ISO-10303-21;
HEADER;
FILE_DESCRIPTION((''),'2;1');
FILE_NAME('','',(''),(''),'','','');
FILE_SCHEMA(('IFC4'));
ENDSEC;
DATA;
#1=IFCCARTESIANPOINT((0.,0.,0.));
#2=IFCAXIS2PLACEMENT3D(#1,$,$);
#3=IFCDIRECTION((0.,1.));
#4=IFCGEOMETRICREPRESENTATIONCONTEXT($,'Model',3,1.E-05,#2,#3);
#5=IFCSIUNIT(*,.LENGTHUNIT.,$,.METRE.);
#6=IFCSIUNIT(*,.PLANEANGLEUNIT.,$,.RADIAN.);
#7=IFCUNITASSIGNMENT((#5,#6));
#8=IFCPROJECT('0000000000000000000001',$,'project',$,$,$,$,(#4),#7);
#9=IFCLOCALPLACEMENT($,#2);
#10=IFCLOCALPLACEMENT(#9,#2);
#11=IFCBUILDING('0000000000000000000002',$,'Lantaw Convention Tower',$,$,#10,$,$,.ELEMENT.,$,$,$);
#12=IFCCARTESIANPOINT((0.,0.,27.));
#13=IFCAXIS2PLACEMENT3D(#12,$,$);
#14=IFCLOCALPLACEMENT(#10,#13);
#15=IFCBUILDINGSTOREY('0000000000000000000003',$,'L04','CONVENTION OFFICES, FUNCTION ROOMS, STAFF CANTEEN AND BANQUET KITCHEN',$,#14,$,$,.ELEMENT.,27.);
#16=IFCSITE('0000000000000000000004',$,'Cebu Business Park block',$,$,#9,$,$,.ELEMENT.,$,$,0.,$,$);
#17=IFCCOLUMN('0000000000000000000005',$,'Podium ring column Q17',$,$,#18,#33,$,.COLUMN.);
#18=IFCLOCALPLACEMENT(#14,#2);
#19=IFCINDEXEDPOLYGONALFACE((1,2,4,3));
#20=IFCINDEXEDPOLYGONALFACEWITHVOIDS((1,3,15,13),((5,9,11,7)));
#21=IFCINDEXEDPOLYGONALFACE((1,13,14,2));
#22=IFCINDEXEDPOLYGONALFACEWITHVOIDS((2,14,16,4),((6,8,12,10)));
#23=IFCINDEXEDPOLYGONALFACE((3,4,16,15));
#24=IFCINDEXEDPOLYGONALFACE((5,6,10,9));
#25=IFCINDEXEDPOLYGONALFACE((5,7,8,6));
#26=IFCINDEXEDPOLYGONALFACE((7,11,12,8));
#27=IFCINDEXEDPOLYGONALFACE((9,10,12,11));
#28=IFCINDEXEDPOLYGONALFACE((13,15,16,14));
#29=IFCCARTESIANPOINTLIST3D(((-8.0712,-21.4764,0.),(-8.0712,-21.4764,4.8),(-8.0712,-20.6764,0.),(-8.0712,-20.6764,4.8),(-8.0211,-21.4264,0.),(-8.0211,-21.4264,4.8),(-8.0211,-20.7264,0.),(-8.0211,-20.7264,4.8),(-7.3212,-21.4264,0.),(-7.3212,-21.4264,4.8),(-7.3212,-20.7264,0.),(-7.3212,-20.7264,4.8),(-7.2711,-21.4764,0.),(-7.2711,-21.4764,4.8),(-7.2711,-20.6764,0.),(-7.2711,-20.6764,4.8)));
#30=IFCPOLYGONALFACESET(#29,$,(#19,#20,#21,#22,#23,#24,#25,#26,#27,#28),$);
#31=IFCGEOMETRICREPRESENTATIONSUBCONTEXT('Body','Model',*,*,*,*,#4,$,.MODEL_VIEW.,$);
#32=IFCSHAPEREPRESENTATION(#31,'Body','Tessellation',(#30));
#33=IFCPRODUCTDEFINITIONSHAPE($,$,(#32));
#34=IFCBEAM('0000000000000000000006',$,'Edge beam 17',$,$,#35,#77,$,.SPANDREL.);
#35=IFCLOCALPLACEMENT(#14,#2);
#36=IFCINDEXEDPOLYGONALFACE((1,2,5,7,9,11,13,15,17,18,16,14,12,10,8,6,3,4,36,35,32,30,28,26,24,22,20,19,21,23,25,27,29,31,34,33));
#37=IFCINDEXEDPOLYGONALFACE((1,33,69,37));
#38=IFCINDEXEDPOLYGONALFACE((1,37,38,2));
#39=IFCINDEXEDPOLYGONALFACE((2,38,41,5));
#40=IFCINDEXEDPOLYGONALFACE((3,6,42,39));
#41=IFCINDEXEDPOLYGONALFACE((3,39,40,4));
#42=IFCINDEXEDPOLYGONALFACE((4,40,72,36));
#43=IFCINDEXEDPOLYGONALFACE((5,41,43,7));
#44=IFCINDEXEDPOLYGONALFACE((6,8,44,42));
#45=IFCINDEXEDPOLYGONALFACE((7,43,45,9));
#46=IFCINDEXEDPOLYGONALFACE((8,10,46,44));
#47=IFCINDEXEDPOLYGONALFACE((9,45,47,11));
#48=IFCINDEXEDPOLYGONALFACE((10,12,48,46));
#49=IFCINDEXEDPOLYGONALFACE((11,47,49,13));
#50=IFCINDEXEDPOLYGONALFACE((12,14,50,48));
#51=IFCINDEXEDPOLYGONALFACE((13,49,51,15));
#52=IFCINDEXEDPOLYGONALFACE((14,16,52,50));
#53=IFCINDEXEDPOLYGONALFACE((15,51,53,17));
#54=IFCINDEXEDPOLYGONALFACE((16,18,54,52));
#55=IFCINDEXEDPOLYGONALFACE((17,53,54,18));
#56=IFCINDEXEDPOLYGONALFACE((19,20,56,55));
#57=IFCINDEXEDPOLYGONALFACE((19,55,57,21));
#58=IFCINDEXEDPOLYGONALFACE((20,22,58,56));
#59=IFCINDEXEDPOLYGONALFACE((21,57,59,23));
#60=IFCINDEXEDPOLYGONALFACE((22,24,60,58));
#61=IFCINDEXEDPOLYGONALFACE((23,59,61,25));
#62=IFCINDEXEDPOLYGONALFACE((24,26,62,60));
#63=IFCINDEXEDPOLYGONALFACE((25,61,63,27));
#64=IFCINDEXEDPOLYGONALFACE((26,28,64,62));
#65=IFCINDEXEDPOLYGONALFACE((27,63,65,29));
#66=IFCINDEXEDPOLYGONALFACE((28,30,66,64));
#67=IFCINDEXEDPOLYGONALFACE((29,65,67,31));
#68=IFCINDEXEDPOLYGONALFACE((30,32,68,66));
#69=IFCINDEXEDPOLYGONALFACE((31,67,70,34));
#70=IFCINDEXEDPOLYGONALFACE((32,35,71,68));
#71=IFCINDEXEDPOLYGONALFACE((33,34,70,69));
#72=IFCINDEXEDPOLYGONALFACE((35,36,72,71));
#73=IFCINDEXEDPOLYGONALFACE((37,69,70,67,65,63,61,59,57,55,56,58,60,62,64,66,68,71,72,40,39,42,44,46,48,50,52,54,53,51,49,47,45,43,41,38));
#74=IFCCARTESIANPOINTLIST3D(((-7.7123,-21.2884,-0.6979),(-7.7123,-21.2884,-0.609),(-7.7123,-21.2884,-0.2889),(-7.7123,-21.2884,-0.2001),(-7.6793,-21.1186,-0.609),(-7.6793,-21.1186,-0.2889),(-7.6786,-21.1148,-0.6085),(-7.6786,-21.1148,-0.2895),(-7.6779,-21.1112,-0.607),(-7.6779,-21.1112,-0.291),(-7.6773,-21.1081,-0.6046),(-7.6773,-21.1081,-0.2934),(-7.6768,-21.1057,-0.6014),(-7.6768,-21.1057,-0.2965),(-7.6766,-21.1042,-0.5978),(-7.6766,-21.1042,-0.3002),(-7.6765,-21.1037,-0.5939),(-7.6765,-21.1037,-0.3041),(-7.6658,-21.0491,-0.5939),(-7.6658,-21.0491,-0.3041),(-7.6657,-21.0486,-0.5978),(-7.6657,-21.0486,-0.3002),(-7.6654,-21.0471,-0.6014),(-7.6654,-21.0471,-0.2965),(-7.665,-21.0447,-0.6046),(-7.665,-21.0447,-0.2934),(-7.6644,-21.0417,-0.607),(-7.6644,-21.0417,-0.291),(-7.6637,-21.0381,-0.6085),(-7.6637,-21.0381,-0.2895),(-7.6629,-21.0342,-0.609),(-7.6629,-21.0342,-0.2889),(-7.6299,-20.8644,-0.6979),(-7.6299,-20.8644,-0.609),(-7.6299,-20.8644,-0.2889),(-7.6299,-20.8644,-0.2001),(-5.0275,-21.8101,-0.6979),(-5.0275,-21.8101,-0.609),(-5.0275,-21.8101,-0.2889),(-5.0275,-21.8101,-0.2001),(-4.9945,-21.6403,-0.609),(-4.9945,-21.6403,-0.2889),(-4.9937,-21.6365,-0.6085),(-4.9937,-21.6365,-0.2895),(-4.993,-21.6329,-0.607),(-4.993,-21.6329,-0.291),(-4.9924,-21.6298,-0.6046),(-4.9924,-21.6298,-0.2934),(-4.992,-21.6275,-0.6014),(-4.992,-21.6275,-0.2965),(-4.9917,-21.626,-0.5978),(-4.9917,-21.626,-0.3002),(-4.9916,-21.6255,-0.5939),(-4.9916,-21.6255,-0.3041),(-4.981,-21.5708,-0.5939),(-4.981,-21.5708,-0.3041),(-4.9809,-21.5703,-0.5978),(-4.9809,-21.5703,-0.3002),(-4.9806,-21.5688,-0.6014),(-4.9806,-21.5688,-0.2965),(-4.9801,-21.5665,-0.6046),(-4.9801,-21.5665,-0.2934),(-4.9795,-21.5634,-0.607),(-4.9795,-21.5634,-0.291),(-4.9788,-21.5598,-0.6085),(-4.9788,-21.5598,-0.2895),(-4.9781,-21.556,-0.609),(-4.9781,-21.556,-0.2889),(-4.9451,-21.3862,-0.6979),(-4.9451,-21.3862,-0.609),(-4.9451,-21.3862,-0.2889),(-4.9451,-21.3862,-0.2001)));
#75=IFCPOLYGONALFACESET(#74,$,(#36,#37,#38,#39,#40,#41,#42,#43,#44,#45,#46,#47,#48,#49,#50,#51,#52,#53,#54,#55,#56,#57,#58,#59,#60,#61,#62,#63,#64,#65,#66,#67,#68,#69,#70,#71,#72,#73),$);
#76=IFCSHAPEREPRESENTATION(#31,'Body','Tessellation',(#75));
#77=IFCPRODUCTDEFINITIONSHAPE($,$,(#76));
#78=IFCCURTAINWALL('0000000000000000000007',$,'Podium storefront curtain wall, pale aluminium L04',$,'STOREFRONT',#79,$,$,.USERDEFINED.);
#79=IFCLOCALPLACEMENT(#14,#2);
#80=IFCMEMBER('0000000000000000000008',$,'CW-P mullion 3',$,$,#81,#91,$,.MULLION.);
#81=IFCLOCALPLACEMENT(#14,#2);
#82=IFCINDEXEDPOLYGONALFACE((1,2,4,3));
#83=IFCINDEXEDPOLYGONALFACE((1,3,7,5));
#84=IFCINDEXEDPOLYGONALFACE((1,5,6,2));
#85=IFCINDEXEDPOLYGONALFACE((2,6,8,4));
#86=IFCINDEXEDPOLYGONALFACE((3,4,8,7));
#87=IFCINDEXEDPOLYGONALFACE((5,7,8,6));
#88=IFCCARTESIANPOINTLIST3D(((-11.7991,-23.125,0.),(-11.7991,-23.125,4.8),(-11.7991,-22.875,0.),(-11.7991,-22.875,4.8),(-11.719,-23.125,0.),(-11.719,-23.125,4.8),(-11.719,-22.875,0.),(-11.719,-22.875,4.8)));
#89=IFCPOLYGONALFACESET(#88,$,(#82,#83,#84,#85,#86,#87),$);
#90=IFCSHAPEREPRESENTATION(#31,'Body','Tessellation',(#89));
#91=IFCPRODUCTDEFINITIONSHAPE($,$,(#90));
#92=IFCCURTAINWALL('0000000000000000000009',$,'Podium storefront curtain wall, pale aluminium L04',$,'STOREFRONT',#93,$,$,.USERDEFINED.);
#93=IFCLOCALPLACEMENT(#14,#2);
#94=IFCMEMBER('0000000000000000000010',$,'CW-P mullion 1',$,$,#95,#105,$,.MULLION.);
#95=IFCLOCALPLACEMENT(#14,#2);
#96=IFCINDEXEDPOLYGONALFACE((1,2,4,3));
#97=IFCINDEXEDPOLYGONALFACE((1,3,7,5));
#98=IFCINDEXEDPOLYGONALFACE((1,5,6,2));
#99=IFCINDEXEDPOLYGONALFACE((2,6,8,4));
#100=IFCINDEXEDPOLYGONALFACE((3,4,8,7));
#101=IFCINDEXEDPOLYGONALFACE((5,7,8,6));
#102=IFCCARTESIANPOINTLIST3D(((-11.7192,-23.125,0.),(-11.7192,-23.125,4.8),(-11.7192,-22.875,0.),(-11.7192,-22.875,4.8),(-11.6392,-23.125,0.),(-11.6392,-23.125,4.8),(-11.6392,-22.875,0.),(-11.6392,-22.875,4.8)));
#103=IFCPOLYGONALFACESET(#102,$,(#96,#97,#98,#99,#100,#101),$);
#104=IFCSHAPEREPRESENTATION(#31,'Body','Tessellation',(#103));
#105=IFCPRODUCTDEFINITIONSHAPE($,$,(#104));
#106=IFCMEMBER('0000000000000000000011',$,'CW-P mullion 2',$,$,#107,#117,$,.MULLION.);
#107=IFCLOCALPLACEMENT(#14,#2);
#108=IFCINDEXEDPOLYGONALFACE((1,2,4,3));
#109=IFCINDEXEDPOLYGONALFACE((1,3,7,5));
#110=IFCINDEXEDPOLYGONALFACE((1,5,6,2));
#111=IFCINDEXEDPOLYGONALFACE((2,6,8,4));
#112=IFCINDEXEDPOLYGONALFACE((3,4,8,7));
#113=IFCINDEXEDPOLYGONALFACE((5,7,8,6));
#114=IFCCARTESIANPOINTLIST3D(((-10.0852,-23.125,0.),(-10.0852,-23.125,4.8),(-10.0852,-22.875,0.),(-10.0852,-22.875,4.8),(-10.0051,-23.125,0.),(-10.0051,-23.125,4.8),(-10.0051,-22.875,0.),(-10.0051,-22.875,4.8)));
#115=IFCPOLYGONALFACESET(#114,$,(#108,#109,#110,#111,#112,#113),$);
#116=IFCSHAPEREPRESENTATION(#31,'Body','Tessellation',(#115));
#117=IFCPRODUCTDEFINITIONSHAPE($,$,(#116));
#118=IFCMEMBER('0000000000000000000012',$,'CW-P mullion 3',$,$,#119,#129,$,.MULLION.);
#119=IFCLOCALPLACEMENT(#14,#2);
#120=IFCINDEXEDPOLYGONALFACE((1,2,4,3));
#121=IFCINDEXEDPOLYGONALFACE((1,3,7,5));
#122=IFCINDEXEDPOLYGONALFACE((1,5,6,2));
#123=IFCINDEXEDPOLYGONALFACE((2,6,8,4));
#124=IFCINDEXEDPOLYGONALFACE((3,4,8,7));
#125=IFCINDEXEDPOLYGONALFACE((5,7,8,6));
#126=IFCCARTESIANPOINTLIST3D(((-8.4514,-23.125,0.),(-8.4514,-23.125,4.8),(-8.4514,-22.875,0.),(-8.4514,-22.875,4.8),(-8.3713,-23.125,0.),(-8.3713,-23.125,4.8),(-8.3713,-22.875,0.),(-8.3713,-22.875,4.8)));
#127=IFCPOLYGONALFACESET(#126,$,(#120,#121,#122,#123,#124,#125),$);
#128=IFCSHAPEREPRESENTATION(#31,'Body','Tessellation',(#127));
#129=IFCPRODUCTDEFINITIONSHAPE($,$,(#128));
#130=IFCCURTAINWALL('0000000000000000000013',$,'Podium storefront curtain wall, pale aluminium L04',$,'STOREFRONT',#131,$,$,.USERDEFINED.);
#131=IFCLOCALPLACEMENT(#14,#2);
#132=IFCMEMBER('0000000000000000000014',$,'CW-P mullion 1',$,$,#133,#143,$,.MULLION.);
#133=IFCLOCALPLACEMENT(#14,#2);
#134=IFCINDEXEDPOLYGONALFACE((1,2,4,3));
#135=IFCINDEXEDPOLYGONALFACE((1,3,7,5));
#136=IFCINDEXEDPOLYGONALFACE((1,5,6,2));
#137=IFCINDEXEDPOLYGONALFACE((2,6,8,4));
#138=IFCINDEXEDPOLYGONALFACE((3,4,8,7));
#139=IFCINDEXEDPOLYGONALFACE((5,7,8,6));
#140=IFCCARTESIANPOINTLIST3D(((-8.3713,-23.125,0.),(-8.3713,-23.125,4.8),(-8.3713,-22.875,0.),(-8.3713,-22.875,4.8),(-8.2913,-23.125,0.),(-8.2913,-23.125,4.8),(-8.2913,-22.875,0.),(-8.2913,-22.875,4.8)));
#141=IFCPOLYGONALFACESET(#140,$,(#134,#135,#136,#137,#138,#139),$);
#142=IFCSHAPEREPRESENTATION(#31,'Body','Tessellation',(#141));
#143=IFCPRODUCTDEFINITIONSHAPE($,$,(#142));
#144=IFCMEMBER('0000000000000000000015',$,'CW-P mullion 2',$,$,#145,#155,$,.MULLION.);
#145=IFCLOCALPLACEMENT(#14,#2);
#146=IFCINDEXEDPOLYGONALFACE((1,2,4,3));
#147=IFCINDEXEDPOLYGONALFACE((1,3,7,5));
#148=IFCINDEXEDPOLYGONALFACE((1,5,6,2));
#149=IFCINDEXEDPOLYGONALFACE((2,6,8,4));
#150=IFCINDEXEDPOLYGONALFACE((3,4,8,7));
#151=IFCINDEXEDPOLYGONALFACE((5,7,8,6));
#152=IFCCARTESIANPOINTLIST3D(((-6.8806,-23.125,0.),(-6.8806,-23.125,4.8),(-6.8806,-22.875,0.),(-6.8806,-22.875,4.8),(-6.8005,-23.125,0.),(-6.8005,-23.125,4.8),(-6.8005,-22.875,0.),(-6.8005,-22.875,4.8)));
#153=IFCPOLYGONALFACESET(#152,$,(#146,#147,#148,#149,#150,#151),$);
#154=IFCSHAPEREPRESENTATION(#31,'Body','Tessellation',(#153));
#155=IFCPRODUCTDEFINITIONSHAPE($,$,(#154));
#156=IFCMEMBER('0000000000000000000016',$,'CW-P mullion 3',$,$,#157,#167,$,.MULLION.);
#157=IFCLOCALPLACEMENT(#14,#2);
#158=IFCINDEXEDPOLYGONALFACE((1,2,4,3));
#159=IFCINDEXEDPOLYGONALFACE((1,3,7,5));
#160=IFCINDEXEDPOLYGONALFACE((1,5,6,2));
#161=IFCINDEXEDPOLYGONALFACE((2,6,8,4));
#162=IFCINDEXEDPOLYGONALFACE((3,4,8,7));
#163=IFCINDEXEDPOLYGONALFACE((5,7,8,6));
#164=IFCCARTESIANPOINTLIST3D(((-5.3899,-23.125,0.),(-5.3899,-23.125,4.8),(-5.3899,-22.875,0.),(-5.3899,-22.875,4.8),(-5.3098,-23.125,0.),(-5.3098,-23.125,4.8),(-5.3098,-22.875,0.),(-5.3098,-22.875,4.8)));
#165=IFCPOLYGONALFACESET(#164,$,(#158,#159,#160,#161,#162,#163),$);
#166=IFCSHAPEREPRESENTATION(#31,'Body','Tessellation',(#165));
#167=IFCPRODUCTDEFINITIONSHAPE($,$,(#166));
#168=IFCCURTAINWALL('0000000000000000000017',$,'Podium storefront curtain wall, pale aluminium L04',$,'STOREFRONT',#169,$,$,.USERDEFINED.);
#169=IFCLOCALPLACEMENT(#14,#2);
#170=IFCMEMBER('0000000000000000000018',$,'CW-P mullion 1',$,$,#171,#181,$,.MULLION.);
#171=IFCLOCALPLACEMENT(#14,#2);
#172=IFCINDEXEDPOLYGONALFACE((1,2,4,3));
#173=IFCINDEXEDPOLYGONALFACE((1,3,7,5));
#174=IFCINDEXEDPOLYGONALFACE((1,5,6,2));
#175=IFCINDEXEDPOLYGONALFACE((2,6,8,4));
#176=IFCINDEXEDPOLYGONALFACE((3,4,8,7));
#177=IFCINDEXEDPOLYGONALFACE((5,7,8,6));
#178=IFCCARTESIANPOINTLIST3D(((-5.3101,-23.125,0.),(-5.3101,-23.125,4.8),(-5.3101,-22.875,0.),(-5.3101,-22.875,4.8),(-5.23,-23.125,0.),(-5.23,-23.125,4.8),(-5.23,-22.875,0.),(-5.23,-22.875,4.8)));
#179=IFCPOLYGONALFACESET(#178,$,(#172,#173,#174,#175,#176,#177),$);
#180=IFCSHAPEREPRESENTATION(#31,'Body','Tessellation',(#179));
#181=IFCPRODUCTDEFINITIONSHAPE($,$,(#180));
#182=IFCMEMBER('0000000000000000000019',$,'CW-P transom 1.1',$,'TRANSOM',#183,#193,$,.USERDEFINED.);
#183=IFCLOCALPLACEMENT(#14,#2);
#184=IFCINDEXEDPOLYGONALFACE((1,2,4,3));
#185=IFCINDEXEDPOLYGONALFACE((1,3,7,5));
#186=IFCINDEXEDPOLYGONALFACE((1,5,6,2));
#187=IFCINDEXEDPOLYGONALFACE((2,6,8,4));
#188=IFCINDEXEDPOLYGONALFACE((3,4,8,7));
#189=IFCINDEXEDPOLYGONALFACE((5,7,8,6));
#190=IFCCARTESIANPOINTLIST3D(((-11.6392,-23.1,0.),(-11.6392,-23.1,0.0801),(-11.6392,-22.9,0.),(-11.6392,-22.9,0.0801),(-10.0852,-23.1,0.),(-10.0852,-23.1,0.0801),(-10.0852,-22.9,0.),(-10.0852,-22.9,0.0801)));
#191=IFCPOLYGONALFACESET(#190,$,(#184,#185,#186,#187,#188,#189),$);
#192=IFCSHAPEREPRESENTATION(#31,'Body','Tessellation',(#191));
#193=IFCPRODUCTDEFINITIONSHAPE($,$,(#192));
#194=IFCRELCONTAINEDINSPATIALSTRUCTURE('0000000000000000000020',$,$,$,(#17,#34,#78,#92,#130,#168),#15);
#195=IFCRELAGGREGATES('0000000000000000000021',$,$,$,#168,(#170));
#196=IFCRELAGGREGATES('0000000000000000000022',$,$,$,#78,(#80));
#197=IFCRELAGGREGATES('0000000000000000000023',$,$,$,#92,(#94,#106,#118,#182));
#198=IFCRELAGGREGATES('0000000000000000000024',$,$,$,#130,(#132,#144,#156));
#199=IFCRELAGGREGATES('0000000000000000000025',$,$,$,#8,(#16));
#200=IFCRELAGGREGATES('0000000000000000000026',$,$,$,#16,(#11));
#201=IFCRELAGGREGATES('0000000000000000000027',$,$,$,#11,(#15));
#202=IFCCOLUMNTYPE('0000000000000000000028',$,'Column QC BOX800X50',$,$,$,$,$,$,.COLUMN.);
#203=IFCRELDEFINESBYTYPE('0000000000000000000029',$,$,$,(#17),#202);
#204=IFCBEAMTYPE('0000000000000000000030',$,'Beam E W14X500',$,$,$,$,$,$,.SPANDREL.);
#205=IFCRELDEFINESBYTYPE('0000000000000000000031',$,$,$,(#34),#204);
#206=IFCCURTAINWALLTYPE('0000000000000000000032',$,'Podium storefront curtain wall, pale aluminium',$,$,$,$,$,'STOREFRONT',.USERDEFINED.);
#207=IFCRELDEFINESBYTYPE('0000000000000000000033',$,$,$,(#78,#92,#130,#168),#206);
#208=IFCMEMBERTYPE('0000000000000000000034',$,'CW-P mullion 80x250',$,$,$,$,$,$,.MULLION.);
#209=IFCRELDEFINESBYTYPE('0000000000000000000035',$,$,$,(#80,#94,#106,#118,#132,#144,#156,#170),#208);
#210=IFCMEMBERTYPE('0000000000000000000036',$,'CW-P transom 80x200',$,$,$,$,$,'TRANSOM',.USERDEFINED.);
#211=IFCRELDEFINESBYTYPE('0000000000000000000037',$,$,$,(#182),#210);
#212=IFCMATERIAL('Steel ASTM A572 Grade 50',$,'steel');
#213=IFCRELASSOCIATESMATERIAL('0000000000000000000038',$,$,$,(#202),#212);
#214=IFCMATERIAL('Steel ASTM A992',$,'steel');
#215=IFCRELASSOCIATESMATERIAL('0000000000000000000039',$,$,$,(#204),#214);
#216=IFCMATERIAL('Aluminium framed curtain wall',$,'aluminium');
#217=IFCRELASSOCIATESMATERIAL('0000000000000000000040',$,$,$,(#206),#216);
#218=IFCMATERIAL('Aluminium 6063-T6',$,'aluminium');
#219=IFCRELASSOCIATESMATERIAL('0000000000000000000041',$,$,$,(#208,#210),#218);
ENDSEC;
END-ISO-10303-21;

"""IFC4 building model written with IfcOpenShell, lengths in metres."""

from ifc_helpers import new_model, si_unit, direction, frame, origin, origin_2d, place, context, subcontext, project, spatial, rectangle, hollow_rectangle, i_section, extrude, material, material_profile, profile_set, type_object, element, aggregate, save


model = new_model("IFC4")

# Units and contexts
model_context = context("Model", 3, precision=1e-05, world=origin(), true_north=direction((0.0, 1.0)))
body_context = subcontext(model_context, "Body", "Model", "MODEL_VIEW")
ifc_project = project(units=[si_unit("LENGTHUNIT", "METRE"), si_unit("PLANEANGLEUNIT", "RADIAN")], contexts=[model_context])

# Site, building, storey
site_placement = place(None, origin())
site = spatial("IfcSite", under=ifc_project, at=site_placement, Name="Cebu Business Park block", CompositionType="ELEMENT", RefElevation=0.0)
building_placement = place(site_placement, origin())
building = spatial("IfcBuilding", under=site, at=building_placement, Name="Lantaw Convention Tower", CompositionType="ELEMENT")
storey_placement = place(building_placement, frame((0.0, 0.0, 27.0)))
storey = spatial("IfcBuildingStorey", under=building, at=storey_placement, Name="L04", Description="CONVENTION OFFICES, FUNCTION ROOMS, STAFF CANTEEN AND BANQUET KITCHEN", CompositionType="ELEMENT", Elevation=27.0)

# Column
ifc_material_1 = material(Name="Steel ASTM A572 Grade 50", Category="steel")
ifc_material_profile_1 = material_profile(ifc_material_1, hollow_rectangle(XDim=0.8, YDim=0.8, WallThickness=0.05, at=origin_2d()), Name="BOX800X50")
ifc_profile_set_1 = profile_set([ifc_material_profile_1], Name="Steel ASTM A572 Grade 50")
column_type = type_object("IfcColumnType", Name="Column QC BOX800X50", PredefinedType="COLUMN", material=ifc_profile_set_1)
column_placement = place(storey_placement, frame((-7.6711, -21.0764, 0.0), z_axis=(0.0, 0.0, 1.0), x_axis=(1.0, 0.0, 0.0)))
element("IfcColumn", 1, at=column_placement, inside=storey, type_object=column_type, Name="Podium ring column Q17", PredefinedType="COLUMN", context=body_context, shape_type="SweptSolid", body=[
    extrude(hollow_rectangle(XDim=0.8, YDim=0.8, WallThickness=0.05, at=origin_2d()), origin(), (0.0, 0.0, 1.0), 4.8),
])

# Beam
ifc_material_2 = material(Name="Steel ASTM A992", Category="steel")
ifc_material_profile_2 = material_profile(ifc_material_2, i_section(OverallWidth=0.4319, OverallDepth=0.4978, WebThickness=0.0557, FlangeThickness=0.0889, FilletRadius=0.0151, at=origin_2d()), Name="W14X500")
ifc_profile_set_2 = profile_set([ifc_material_profile_2], Name="Steel ASTM A992")
beam_type = type_object("IfcBeamType", Name="Beam E W14X500", PredefinedType="SPANDREL", material=ifc_profile_set_2)
beam_placement = place(storey_placement, frame((-7.6711, -21.0764, -0.449), z_axis=(0.981637, -0.190757, 0.0), x_axis=(0.190757, 0.981637, 0.0)))
element("IfcBeam", 2, at=beam_placement, inside=storey, type_object=beam_type, Name="Edge beam 17", PredefinedType="SPANDREL", context=body_context, shape_type="SweptSolid", body=[
    extrude(i_section(OverallWidth=0.4319, OverallDepth=0.4978, WebThickness=0.0557, FlangeThickness=0.0889, FilletRadius=0.0151, at=origin_2d()), origin(), (0.0, 0.0, 1.0), 2.7351),
])

# Curtain wall, member
ifc_material_3 = material(Name="Aluminium framed curtain wall", Category="aluminium")
curtain_wall_type = type_object("IfcCurtainWallType", Name="Podium storefront curtain wall, pale aluminium", ElementType="STOREFRONT", PredefinedType="USERDEFINED", material=ifc_material_3)
curtain_wall_1_placement = place(storey_placement, origin())
curtain_wall_1 = element("IfcCurtainWall", 3, at=curtain_wall_1_placement, inside=storey, type_object=curtain_wall_type, Name="Podium storefront curtain wall, pale aluminium L04", ObjectType="STOREFRONT", PredefinedType="USERDEFINED")
ifc_material_4 = material(Name="Aluminium 6063-T6", Category="aluminium")
ifc_material_profile_3 = material_profile(ifc_material_4, rectangle(XDim=0.25, YDim=0.0801, at=origin_2d()), Name="CW-P mullion 80x250")
ifc_profile_set_3 = profile_set([ifc_material_profile_3], Name="Aluminium 6063-T6")
member_type_1 = type_object("IfcMemberType", Name="CW-P mullion 80x250", PredefinedType="MULLION", material=ifc_profile_set_3)
member_1_placement = place(storey_placement, frame((-11.759, -23.0, 0.0), z_axis=(0.0, 0.0, 1.0), x_axis=(0.0, 1.0, 0.0)))
member_1 = element("IfcMember", 4, at=member_1_placement, type_object=member_type_1, Name="CW-P mullion 3", PredefinedType="MULLION", context=body_context, shape_type="SweptSolid", body=[
    extrude(rectangle(XDim=0.25, YDim=0.0801, at=origin_2d()), origin(), (0.0, 0.0, 1.0), 4.8),
])

# Curtain walls, members
curtain_wall_2_placement = place(storey_placement, origin())
curtain_wall_2 = element("IfcCurtainWall", 5, at=curtain_wall_2_placement, inside=storey, type_object=curtain_wall_type, Name="Podium storefront curtain wall, pale aluminium L04", ObjectType="STOREFRONT", PredefinedType="USERDEFINED")
member_2_placement = place(storey_placement, frame((-11.6792, -23.0, 0.0), z_axis=(0.0, 0.0, 1.0), x_axis=(0.0, 1.0, 0.0)))
member_2 = element("IfcMember", 6, at=member_2_placement, type_object=member_type_1, Name="CW-P mullion 1", PredefinedType="MULLION", context=body_context, shape_type="SweptSolid", body=[
    extrude(rectangle(XDim=0.25, YDim=0.0801, at=origin_2d()), origin(), (0.0, 0.0, 1.0), 4.8),
])
member_3_placement = place(storey_placement, frame((-10.0452, -23.0, 0.0), z_axis=(0.0, 0.0, 1.0), x_axis=(0.0, 1.0, 0.0)))
member_3 = element("IfcMember", 7, at=member_3_placement, type_object=member_type_1, Name="CW-P mullion 2", PredefinedType="MULLION", context=body_context, shape_type="SweptSolid", body=[
    extrude(rectangle(XDim=0.25, YDim=0.0801, at=origin_2d()), origin(), (0.0, 0.0, 1.0), 4.8),
])
member_4_placement = place(storey_placement, frame((-8.4114, -23.0, 0.0), z_axis=(0.0, 0.0, 1.0), x_axis=(0.0, 1.0, 0.0)))
member_4 = element("IfcMember", 8, at=member_4_placement, type_object=member_type_1, Name="CW-P mullion 3", PredefinedType="MULLION", context=body_context, shape_type="SweptSolid", body=[
    extrude(rectangle(XDim=0.25, YDim=0.0801, at=origin_2d()), origin(), (0.0, 0.0, 1.0), 4.8),
])
curtain_wall_3_placement = place(storey_placement, origin())
curtain_wall_3 = element("IfcCurtainWall", 9, at=curtain_wall_3_placement, inside=storey, type_object=curtain_wall_type, Name="Podium storefront curtain wall, pale aluminium L04", ObjectType="STOREFRONT", PredefinedType="USERDEFINED")
member_5_placement = place(storey_placement, frame((-8.3313, -23.0, 0.0), z_axis=(0.0, 0.0, 1.0), x_axis=(0.0, 1.0, 0.0)))
member_5 = element("IfcMember", 10, at=member_5_placement, type_object=member_type_1, Name="CW-P mullion 1", PredefinedType="MULLION", context=body_context, shape_type="SweptSolid", body=[
    extrude(rectangle(XDim=0.25, YDim=0.0801, at=origin_2d()), origin(), (0.0, 0.0, 1.0), 4.8),
])
member_6_placement = place(storey_placement, frame((-6.8406, -23.0, 0.0), z_axis=(0.0, 0.0, 1.0), x_axis=(0.0, 1.0, 0.0)))
member_6 = element("IfcMember", 11, at=member_6_placement, type_object=member_type_1, Name="CW-P mullion 2", PredefinedType="MULLION", context=body_context, shape_type="SweptSolid", body=[
    extrude(rectangle(XDim=0.25, YDim=0.0801, at=origin_2d()), origin(), (0.0, 0.0, 1.0), 4.8),
])
member_7_placement = place(storey_placement, frame((-5.3499, -23.0, 0.0), z_axis=(0.0, 0.0, 1.0), x_axis=(0.0, 1.0, 0.0)))
member_7 = element("IfcMember", 12, at=member_7_placement, type_object=member_type_1, Name="CW-P mullion 3", PredefinedType="MULLION", context=body_context, shape_type="SweptSolid", body=[
    extrude(rectangle(XDim=0.25, YDim=0.0801, at=origin_2d()), origin(), (0.0, 0.0, 1.0), 4.8),
])

# Curtain wall, member
curtain_wall_4_placement = place(storey_placement, origin())
curtain_wall_4 = element("IfcCurtainWall", 13, at=curtain_wall_4_placement, inside=storey, type_object=curtain_wall_type, Name="Podium storefront curtain wall, pale aluminium L04", ObjectType="STOREFRONT", PredefinedType="USERDEFINED")
member_8_placement = place(storey_placement, frame((-5.27, -23.0, 0.0), z_axis=(0.0, 0.0, 1.0), x_axis=(0.0, 1.0, 0.0)))
member_8 = element("IfcMember", 14, at=member_8_placement, type_object=member_type_1, Name="CW-P mullion 1", PredefinedType="MULLION", context=body_context, shape_type="SweptSolid", body=[
    extrude(rectangle(XDim=0.25, YDim=0.0801, at=origin_2d()), origin(), (0.0, 0.0, 1.0), 4.8),
])
aggregate(curtain_wall_4, [member_8])

# Member
ifc_material_profile_4 = material_profile(ifc_material_4, rectangle(XDim=0.2, YDim=0.0801, at=origin_2d()), Name="CW-P transom 80x200")
ifc_profile_set_4 = profile_set([ifc_material_profile_4], Name="Aluminium 6063-T6")
member_type_2 = type_object("IfcMemberType", Name="CW-P transom 80x200", ElementType="TRANSOM", PredefinedType="USERDEFINED", material=ifc_profile_set_4)
member_9_placement = place(storey_placement, frame((-11.6392, -23.0, 0.04), z_axis=(1.0, 0.0, 0.0), x_axis=(0.0, 1.0, 0.0)))
member_9 = element("IfcMember", 15, at=member_9_placement, type_object=member_type_2, Name="CW-P transom 1.1", ObjectType="TRANSOM", PredefinedType="USERDEFINED", context=body_context, shape_type="SweptSolid", body=[
    extrude(rectangle(XDim=0.2, YDim=0.0801, at=origin_2d()), origin(), (0.0, 0.0, 1.0), 1.554),
])

aggregate(curtain_wall_1, [member_1])
aggregate(curtain_wall_2, [member_2, member_3, member_4, member_9])
aggregate(curtain_wall_3, [member_5, member_6, member_7])

save(model, "model.ifc")
